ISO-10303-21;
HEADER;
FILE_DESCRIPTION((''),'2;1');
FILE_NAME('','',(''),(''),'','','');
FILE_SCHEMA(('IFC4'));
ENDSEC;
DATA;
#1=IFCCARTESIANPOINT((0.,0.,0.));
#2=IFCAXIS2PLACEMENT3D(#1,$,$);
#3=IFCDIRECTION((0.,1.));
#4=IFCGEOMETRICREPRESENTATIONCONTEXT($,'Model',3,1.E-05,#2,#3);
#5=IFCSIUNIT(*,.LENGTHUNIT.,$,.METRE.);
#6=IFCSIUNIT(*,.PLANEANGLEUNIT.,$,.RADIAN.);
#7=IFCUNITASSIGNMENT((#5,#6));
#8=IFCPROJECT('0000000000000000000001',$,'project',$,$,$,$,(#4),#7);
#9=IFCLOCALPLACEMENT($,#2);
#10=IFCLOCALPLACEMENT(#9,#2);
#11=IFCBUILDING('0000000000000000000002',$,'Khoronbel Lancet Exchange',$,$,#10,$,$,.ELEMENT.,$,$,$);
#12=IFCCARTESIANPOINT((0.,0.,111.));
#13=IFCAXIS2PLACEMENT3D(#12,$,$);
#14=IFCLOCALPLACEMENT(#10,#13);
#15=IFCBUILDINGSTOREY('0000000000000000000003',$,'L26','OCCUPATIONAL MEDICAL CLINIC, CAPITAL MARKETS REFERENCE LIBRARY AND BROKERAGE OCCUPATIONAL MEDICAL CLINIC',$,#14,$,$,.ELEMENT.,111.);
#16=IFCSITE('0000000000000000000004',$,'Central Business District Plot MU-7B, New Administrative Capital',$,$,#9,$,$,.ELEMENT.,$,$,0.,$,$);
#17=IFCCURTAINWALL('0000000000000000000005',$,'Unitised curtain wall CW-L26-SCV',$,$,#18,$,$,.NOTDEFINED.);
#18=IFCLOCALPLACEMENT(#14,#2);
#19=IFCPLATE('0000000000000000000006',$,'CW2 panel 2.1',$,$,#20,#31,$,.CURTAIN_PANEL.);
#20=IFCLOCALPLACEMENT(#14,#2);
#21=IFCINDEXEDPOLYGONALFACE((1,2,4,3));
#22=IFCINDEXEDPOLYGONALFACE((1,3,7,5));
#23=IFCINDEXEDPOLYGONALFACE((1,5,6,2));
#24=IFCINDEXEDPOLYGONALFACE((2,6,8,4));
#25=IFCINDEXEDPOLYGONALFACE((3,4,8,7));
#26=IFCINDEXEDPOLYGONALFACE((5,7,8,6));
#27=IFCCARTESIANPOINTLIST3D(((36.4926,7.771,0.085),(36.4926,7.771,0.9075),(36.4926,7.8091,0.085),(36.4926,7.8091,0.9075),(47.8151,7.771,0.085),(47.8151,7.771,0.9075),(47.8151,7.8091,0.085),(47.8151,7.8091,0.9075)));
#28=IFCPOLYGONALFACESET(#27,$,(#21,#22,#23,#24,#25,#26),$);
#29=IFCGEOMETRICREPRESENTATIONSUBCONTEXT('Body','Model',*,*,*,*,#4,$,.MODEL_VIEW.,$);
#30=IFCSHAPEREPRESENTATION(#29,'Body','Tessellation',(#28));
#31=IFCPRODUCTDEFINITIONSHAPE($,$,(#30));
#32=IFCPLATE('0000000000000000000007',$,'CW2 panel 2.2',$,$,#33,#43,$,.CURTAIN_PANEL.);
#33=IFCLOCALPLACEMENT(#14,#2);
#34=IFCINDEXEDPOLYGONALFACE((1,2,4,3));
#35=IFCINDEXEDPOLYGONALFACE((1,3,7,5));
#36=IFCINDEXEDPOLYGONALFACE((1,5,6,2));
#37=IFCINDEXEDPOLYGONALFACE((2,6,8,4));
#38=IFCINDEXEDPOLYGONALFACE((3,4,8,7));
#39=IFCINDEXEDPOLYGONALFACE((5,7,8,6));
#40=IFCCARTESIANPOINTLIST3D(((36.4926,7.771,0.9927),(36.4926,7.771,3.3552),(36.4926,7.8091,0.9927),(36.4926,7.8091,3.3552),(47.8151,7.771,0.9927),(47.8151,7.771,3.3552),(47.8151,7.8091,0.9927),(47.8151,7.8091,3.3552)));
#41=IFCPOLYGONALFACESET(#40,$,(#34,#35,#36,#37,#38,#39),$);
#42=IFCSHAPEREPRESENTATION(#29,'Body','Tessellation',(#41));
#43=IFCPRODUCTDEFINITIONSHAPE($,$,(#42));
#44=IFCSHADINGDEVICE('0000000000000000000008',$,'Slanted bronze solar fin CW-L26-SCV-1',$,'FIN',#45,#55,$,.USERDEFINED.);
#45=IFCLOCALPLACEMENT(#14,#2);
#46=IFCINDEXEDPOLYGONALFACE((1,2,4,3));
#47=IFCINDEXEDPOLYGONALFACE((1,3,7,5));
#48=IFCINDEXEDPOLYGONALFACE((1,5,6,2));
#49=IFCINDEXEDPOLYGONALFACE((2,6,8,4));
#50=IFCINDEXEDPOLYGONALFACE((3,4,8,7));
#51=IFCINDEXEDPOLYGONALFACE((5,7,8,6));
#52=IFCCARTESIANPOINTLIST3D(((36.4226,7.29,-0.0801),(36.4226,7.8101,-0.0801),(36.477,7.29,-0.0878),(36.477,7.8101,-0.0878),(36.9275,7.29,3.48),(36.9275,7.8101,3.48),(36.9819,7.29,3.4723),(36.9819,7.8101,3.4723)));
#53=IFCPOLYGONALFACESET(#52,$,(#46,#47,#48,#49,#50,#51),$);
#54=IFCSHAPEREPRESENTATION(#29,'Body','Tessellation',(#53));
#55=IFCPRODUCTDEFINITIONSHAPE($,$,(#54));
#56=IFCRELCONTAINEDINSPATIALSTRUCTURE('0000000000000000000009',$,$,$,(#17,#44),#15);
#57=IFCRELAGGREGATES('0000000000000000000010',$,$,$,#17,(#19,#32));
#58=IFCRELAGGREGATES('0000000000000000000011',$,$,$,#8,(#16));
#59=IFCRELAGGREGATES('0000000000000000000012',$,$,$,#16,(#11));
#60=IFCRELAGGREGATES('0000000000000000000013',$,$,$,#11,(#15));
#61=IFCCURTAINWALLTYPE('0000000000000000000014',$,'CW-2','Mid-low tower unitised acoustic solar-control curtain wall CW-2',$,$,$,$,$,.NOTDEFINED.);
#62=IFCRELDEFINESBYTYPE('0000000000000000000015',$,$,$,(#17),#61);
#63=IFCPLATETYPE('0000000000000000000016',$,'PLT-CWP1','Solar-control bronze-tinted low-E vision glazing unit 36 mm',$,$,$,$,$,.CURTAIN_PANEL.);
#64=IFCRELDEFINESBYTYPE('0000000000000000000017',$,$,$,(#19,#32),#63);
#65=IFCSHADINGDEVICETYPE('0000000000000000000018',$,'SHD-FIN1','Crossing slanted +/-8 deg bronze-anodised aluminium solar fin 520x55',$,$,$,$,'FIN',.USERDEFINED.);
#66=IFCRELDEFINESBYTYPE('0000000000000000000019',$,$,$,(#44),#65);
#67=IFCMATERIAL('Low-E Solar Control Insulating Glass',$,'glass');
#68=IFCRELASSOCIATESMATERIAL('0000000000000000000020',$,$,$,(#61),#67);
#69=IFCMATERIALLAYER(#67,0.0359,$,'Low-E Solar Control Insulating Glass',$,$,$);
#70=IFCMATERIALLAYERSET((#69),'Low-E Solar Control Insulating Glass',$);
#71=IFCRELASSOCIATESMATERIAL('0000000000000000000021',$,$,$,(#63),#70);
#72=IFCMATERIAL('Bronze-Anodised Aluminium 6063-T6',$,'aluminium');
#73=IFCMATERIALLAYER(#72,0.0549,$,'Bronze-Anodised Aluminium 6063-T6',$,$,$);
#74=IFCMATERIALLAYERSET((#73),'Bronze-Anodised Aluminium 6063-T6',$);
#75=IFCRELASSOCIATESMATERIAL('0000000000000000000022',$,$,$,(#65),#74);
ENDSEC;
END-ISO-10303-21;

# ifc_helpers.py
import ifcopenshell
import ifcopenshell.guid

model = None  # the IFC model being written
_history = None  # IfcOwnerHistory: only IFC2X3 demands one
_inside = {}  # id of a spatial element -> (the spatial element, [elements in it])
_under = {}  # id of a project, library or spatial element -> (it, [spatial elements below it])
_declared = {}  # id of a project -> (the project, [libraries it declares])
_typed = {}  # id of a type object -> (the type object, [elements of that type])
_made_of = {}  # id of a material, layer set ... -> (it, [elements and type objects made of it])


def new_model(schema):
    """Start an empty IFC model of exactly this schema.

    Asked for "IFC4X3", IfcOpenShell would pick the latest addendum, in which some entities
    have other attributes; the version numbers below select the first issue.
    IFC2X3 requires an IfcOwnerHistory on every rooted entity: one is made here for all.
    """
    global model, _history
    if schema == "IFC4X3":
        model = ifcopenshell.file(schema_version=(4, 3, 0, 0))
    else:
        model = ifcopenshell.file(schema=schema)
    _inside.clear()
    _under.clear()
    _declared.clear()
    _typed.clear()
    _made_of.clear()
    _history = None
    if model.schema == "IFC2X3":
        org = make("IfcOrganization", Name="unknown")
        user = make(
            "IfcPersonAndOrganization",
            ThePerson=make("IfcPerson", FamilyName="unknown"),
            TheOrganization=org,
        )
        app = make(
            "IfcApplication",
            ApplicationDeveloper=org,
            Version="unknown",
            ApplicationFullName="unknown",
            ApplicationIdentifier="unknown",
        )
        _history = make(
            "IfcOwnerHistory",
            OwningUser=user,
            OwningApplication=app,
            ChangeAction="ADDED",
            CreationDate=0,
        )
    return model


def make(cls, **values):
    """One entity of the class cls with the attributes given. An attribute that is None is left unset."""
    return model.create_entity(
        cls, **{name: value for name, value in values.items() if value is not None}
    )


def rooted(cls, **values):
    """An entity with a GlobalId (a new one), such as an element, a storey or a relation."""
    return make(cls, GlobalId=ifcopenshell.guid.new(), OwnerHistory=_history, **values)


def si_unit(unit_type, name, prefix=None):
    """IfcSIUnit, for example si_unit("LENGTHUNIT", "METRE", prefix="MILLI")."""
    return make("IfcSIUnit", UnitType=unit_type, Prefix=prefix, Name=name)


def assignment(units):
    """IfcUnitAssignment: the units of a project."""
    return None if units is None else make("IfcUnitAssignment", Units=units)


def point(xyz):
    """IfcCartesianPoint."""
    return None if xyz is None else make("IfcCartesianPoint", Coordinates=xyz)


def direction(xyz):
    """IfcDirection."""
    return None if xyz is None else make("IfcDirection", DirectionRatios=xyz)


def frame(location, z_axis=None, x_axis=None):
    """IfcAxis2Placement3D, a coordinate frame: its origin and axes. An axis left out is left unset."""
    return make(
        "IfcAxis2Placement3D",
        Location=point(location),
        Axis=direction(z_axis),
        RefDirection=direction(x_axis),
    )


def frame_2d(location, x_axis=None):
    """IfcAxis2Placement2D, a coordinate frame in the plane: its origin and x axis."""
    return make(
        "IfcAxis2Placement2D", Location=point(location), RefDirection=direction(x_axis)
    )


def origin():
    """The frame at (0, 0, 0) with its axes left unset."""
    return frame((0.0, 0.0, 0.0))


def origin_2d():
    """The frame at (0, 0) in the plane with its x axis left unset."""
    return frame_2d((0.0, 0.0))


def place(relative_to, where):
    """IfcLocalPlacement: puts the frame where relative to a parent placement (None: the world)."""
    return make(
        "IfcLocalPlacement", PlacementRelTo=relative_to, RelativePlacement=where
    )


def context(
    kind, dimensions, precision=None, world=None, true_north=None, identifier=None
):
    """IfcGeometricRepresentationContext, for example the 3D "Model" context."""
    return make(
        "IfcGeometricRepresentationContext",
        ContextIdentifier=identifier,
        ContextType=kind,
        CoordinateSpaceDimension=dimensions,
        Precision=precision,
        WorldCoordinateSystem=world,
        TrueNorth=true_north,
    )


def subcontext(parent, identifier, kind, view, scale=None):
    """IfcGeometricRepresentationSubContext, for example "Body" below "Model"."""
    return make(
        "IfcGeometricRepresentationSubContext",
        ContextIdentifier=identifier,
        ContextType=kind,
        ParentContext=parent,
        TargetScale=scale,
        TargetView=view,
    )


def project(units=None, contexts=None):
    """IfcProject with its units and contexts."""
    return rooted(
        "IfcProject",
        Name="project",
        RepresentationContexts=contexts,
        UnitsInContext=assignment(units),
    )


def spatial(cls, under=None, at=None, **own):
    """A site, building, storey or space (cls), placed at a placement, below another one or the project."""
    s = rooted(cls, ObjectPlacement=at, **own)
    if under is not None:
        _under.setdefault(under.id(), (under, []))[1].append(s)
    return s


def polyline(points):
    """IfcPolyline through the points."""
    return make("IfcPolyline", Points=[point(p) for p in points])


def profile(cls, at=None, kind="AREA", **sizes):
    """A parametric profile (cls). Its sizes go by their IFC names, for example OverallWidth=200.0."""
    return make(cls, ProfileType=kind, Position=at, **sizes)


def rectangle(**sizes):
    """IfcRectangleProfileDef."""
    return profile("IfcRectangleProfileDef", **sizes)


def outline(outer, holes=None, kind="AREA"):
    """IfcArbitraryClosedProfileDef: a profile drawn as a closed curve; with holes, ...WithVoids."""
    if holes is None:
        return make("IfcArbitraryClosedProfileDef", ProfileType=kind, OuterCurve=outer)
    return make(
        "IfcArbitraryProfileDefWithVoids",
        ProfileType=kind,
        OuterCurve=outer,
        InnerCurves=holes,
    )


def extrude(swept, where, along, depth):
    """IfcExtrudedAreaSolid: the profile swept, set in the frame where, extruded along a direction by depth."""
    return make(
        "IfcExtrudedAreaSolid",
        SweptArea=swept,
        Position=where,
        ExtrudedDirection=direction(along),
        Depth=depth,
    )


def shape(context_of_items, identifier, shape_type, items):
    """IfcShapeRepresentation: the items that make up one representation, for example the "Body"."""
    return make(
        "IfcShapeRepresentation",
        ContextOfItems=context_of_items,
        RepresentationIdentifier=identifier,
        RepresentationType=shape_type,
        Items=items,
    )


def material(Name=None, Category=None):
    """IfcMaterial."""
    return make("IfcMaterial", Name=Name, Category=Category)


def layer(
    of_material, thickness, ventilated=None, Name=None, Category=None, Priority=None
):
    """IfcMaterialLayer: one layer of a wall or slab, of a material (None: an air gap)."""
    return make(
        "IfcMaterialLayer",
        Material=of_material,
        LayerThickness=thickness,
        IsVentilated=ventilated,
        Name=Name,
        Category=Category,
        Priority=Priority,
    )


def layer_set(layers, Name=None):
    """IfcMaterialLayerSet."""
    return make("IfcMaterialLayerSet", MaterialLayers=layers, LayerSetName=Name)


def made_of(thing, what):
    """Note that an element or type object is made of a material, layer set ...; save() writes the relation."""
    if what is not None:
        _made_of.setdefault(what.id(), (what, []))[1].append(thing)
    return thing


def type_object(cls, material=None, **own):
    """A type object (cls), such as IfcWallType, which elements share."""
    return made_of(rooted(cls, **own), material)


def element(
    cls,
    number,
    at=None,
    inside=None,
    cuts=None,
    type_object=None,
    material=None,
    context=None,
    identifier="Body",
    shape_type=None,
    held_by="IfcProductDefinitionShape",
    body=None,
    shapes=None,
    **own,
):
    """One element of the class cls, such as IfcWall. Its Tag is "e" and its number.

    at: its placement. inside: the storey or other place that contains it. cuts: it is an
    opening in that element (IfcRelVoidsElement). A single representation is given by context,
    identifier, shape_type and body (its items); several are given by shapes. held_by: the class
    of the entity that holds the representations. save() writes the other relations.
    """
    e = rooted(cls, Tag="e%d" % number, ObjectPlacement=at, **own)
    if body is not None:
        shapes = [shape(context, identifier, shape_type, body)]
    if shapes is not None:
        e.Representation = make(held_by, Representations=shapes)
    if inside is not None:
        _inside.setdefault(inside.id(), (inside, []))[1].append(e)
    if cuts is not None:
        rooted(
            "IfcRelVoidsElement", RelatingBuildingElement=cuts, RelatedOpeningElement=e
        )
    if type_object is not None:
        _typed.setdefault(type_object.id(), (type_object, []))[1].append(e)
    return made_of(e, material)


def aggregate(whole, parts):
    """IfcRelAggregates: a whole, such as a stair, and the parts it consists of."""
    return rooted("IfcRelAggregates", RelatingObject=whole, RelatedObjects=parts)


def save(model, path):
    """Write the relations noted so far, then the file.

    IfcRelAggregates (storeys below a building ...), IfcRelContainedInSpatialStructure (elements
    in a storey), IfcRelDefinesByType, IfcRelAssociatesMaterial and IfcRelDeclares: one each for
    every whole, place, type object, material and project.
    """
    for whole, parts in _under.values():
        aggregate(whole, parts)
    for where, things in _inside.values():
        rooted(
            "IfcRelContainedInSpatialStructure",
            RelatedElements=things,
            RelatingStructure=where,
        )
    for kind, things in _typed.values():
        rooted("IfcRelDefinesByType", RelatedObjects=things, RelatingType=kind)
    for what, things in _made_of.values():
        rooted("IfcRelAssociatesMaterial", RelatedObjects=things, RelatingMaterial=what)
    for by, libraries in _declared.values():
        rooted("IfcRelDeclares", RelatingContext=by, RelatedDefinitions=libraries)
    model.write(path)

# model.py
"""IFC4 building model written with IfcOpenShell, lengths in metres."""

from ifc_helpers import new_model, si_unit, direction, frame, origin, origin_2d, place, context, subcontext, project, spatial, polyline, rectangle, outline, extrude, material, layer, layer_set, type_object, element, aggregate, save


model = new_model("IFC4")

# Units and contexts
model_context = context("Model", 3, precision=1e-05, world=origin(), true_north=direction((0.0, 1.0)))
body_context = subcontext(model_context, "Body", "Model", "MODEL_VIEW")
ifc_project = project(units=[si_unit("LENGTHUNIT", "METRE"), si_unit("PLANEANGLEUNIT", "RADIAN")], contexts=[model_context])

# Site, building, storey
site_placement = place(None, origin())
site = spatial("IfcSite", under=ifc_project, at=site_placement, Name="Central Business District Plot MU-7B, New Administrative Capital", CompositionType="ELEMENT", RefElevation=0.0)
building_placement = place(site_placement, origin())
building = spatial("IfcBuilding", under=site, at=building_placement, Name="Khoronbel Lancet Exchange", CompositionType="ELEMENT")
storey_placement = place(building_placement, frame((0.0, 0.0, 111.0)))
storey = spatial("IfcBuildingStorey", under=building, at=storey_placement, Name="L26", Description="OCCUPATIONAL MEDICAL CLINIC, CAPITAL MARKETS REFERENCE LIBRARY AND BROKERAGE OCCUPATIONAL MEDICAL CLINIC", CompositionType="ELEMENT", Elevation=111.0)

# Curtain wall
ifc_material_1 = material(Name="Low-E Solar Control Insulating Glass", Category="glass")
curtain_wall_type = type_object("IfcCurtainWallType", Name="CW-2", Description="Mid-low tower unitised acoustic solar-control curtain wall CW-2", PredefinedType="NOTDEFINED", material=ifc_material_1)
curtain_wall_1_placement = place(storey_placement, origin())
curtain_wall_1 = element("IfcCurtainWall", 1, at=curtain_wall_1_placement, inside=storey, type_object=curtain_wall_type, Name="Unitised curtain wall CW-L26-SCV", PredefinedType="NOTDEFINED")
ifc_material_2 = material(Name="Bronze-Anodised Aluminium 6063-T6", Category="aluminium")

# Plates
ifc_layer_1 = layer(ifc_material_1, 0.0359, Name="Low-E Solar Control Insulating Glass")
ifc_layer_set_1 = layer_set([ifc_layer_1], Name="Low-E Solar Control Insulating Glass")
plate_type_1 = type_object("IfcPlateType", Name="PLT-CWP1", Description="Solar-control bronze-tinted low-E vision glazing unit 36 mm", PredefinedType="CURTAIN_PANEL", material=ifc_layer_set_1)
plate_1_placement = place(storey_placement, frame((42.1538, 7.79, 0.085), z_axis=(0.0, 0.0, 1.0), x_axis=(1.0, 0.0, 0.0)))
plate_1 = element("IfcPlate", 2, at=plate_1_placement, type_object=plate_type_1, Name="CW2 panel 2.1", PredefinedType="CURTAIN_PANEL", context=body_context, shape_type="SweptSolid", body=[
    extrude(rectangle(XDim=11.3225, YDim=0.0381, at=origin_2d()), origin(), (0.0, 0.0, 1.0), 0.8225),
])
plate_2_placement = place(storey_placement, frame((42.1538, 7.79, 0.9927), z_axis=(0.0, 0.0, 1.0), x_axis=(1.0, 0.0, 0.0)))
plate_2 = element("IfcPlate", 3, at=plate_2_placement, type_object=plate_type_1, Name="CW2 panel 2.2", PredefinedType="CURTAIN_PANEL", context=body_context, shape_type="SweptSolid", body=[
    extrude(rectangle(XDim=11.3225, YDim=0.0381, at=origin_2d()), origin(), (0.0, 0.0, 1.0), 2.3625),
])
aggregate(curtain_wall_1, [plate_1, plate_2])

# Shading device
ifc_layer_2 = layer(ifc_material_2, 0.0549, Name="Bronze-Anodised Aluminium 6063-T6")
ifc_layer_set_2 = layer_set([ifc_layer_2], Name="Bronze-Anodised Aluminium 6063-T6")
shading_device_type = type_object("IfcShadingDeviceType", Name="SHD-FIN1", Description="Crossing slanted +/-8 deg bronze-anodised aluminium solar fin 520x55", ElementType="FIN", PredefinedType="USERDEFINED", material=ifc_layer_set_2)
shading_device_placement = place(storey_placement, frame((36.4226, 7.8101, -0.0801), z_axis=(-0.990093, 0.0, 0.140414), x_axis=(0.0, -1.0, 0.0)))
element("IfcShadingDevice", 4, at=shading_device_placement, inside=storey, type_object=shading_device_type, Name="Slanted bronze solar fin CW-L26-SCV-1", ObjectType="FIN", PredefinedType="USERDEFINED", context=body_context, shape_type="SweptSolid", body=[
    extrude(outline(polyline([(0.0, 0.0), (0.52, 0.0), (0.52, 3.5957), (0.0, 3.5957), (0.0, 0.0)])), origin(), (0.0, 0.0, -1.0), 0.0549),
])

save(model, "model.ifc")
